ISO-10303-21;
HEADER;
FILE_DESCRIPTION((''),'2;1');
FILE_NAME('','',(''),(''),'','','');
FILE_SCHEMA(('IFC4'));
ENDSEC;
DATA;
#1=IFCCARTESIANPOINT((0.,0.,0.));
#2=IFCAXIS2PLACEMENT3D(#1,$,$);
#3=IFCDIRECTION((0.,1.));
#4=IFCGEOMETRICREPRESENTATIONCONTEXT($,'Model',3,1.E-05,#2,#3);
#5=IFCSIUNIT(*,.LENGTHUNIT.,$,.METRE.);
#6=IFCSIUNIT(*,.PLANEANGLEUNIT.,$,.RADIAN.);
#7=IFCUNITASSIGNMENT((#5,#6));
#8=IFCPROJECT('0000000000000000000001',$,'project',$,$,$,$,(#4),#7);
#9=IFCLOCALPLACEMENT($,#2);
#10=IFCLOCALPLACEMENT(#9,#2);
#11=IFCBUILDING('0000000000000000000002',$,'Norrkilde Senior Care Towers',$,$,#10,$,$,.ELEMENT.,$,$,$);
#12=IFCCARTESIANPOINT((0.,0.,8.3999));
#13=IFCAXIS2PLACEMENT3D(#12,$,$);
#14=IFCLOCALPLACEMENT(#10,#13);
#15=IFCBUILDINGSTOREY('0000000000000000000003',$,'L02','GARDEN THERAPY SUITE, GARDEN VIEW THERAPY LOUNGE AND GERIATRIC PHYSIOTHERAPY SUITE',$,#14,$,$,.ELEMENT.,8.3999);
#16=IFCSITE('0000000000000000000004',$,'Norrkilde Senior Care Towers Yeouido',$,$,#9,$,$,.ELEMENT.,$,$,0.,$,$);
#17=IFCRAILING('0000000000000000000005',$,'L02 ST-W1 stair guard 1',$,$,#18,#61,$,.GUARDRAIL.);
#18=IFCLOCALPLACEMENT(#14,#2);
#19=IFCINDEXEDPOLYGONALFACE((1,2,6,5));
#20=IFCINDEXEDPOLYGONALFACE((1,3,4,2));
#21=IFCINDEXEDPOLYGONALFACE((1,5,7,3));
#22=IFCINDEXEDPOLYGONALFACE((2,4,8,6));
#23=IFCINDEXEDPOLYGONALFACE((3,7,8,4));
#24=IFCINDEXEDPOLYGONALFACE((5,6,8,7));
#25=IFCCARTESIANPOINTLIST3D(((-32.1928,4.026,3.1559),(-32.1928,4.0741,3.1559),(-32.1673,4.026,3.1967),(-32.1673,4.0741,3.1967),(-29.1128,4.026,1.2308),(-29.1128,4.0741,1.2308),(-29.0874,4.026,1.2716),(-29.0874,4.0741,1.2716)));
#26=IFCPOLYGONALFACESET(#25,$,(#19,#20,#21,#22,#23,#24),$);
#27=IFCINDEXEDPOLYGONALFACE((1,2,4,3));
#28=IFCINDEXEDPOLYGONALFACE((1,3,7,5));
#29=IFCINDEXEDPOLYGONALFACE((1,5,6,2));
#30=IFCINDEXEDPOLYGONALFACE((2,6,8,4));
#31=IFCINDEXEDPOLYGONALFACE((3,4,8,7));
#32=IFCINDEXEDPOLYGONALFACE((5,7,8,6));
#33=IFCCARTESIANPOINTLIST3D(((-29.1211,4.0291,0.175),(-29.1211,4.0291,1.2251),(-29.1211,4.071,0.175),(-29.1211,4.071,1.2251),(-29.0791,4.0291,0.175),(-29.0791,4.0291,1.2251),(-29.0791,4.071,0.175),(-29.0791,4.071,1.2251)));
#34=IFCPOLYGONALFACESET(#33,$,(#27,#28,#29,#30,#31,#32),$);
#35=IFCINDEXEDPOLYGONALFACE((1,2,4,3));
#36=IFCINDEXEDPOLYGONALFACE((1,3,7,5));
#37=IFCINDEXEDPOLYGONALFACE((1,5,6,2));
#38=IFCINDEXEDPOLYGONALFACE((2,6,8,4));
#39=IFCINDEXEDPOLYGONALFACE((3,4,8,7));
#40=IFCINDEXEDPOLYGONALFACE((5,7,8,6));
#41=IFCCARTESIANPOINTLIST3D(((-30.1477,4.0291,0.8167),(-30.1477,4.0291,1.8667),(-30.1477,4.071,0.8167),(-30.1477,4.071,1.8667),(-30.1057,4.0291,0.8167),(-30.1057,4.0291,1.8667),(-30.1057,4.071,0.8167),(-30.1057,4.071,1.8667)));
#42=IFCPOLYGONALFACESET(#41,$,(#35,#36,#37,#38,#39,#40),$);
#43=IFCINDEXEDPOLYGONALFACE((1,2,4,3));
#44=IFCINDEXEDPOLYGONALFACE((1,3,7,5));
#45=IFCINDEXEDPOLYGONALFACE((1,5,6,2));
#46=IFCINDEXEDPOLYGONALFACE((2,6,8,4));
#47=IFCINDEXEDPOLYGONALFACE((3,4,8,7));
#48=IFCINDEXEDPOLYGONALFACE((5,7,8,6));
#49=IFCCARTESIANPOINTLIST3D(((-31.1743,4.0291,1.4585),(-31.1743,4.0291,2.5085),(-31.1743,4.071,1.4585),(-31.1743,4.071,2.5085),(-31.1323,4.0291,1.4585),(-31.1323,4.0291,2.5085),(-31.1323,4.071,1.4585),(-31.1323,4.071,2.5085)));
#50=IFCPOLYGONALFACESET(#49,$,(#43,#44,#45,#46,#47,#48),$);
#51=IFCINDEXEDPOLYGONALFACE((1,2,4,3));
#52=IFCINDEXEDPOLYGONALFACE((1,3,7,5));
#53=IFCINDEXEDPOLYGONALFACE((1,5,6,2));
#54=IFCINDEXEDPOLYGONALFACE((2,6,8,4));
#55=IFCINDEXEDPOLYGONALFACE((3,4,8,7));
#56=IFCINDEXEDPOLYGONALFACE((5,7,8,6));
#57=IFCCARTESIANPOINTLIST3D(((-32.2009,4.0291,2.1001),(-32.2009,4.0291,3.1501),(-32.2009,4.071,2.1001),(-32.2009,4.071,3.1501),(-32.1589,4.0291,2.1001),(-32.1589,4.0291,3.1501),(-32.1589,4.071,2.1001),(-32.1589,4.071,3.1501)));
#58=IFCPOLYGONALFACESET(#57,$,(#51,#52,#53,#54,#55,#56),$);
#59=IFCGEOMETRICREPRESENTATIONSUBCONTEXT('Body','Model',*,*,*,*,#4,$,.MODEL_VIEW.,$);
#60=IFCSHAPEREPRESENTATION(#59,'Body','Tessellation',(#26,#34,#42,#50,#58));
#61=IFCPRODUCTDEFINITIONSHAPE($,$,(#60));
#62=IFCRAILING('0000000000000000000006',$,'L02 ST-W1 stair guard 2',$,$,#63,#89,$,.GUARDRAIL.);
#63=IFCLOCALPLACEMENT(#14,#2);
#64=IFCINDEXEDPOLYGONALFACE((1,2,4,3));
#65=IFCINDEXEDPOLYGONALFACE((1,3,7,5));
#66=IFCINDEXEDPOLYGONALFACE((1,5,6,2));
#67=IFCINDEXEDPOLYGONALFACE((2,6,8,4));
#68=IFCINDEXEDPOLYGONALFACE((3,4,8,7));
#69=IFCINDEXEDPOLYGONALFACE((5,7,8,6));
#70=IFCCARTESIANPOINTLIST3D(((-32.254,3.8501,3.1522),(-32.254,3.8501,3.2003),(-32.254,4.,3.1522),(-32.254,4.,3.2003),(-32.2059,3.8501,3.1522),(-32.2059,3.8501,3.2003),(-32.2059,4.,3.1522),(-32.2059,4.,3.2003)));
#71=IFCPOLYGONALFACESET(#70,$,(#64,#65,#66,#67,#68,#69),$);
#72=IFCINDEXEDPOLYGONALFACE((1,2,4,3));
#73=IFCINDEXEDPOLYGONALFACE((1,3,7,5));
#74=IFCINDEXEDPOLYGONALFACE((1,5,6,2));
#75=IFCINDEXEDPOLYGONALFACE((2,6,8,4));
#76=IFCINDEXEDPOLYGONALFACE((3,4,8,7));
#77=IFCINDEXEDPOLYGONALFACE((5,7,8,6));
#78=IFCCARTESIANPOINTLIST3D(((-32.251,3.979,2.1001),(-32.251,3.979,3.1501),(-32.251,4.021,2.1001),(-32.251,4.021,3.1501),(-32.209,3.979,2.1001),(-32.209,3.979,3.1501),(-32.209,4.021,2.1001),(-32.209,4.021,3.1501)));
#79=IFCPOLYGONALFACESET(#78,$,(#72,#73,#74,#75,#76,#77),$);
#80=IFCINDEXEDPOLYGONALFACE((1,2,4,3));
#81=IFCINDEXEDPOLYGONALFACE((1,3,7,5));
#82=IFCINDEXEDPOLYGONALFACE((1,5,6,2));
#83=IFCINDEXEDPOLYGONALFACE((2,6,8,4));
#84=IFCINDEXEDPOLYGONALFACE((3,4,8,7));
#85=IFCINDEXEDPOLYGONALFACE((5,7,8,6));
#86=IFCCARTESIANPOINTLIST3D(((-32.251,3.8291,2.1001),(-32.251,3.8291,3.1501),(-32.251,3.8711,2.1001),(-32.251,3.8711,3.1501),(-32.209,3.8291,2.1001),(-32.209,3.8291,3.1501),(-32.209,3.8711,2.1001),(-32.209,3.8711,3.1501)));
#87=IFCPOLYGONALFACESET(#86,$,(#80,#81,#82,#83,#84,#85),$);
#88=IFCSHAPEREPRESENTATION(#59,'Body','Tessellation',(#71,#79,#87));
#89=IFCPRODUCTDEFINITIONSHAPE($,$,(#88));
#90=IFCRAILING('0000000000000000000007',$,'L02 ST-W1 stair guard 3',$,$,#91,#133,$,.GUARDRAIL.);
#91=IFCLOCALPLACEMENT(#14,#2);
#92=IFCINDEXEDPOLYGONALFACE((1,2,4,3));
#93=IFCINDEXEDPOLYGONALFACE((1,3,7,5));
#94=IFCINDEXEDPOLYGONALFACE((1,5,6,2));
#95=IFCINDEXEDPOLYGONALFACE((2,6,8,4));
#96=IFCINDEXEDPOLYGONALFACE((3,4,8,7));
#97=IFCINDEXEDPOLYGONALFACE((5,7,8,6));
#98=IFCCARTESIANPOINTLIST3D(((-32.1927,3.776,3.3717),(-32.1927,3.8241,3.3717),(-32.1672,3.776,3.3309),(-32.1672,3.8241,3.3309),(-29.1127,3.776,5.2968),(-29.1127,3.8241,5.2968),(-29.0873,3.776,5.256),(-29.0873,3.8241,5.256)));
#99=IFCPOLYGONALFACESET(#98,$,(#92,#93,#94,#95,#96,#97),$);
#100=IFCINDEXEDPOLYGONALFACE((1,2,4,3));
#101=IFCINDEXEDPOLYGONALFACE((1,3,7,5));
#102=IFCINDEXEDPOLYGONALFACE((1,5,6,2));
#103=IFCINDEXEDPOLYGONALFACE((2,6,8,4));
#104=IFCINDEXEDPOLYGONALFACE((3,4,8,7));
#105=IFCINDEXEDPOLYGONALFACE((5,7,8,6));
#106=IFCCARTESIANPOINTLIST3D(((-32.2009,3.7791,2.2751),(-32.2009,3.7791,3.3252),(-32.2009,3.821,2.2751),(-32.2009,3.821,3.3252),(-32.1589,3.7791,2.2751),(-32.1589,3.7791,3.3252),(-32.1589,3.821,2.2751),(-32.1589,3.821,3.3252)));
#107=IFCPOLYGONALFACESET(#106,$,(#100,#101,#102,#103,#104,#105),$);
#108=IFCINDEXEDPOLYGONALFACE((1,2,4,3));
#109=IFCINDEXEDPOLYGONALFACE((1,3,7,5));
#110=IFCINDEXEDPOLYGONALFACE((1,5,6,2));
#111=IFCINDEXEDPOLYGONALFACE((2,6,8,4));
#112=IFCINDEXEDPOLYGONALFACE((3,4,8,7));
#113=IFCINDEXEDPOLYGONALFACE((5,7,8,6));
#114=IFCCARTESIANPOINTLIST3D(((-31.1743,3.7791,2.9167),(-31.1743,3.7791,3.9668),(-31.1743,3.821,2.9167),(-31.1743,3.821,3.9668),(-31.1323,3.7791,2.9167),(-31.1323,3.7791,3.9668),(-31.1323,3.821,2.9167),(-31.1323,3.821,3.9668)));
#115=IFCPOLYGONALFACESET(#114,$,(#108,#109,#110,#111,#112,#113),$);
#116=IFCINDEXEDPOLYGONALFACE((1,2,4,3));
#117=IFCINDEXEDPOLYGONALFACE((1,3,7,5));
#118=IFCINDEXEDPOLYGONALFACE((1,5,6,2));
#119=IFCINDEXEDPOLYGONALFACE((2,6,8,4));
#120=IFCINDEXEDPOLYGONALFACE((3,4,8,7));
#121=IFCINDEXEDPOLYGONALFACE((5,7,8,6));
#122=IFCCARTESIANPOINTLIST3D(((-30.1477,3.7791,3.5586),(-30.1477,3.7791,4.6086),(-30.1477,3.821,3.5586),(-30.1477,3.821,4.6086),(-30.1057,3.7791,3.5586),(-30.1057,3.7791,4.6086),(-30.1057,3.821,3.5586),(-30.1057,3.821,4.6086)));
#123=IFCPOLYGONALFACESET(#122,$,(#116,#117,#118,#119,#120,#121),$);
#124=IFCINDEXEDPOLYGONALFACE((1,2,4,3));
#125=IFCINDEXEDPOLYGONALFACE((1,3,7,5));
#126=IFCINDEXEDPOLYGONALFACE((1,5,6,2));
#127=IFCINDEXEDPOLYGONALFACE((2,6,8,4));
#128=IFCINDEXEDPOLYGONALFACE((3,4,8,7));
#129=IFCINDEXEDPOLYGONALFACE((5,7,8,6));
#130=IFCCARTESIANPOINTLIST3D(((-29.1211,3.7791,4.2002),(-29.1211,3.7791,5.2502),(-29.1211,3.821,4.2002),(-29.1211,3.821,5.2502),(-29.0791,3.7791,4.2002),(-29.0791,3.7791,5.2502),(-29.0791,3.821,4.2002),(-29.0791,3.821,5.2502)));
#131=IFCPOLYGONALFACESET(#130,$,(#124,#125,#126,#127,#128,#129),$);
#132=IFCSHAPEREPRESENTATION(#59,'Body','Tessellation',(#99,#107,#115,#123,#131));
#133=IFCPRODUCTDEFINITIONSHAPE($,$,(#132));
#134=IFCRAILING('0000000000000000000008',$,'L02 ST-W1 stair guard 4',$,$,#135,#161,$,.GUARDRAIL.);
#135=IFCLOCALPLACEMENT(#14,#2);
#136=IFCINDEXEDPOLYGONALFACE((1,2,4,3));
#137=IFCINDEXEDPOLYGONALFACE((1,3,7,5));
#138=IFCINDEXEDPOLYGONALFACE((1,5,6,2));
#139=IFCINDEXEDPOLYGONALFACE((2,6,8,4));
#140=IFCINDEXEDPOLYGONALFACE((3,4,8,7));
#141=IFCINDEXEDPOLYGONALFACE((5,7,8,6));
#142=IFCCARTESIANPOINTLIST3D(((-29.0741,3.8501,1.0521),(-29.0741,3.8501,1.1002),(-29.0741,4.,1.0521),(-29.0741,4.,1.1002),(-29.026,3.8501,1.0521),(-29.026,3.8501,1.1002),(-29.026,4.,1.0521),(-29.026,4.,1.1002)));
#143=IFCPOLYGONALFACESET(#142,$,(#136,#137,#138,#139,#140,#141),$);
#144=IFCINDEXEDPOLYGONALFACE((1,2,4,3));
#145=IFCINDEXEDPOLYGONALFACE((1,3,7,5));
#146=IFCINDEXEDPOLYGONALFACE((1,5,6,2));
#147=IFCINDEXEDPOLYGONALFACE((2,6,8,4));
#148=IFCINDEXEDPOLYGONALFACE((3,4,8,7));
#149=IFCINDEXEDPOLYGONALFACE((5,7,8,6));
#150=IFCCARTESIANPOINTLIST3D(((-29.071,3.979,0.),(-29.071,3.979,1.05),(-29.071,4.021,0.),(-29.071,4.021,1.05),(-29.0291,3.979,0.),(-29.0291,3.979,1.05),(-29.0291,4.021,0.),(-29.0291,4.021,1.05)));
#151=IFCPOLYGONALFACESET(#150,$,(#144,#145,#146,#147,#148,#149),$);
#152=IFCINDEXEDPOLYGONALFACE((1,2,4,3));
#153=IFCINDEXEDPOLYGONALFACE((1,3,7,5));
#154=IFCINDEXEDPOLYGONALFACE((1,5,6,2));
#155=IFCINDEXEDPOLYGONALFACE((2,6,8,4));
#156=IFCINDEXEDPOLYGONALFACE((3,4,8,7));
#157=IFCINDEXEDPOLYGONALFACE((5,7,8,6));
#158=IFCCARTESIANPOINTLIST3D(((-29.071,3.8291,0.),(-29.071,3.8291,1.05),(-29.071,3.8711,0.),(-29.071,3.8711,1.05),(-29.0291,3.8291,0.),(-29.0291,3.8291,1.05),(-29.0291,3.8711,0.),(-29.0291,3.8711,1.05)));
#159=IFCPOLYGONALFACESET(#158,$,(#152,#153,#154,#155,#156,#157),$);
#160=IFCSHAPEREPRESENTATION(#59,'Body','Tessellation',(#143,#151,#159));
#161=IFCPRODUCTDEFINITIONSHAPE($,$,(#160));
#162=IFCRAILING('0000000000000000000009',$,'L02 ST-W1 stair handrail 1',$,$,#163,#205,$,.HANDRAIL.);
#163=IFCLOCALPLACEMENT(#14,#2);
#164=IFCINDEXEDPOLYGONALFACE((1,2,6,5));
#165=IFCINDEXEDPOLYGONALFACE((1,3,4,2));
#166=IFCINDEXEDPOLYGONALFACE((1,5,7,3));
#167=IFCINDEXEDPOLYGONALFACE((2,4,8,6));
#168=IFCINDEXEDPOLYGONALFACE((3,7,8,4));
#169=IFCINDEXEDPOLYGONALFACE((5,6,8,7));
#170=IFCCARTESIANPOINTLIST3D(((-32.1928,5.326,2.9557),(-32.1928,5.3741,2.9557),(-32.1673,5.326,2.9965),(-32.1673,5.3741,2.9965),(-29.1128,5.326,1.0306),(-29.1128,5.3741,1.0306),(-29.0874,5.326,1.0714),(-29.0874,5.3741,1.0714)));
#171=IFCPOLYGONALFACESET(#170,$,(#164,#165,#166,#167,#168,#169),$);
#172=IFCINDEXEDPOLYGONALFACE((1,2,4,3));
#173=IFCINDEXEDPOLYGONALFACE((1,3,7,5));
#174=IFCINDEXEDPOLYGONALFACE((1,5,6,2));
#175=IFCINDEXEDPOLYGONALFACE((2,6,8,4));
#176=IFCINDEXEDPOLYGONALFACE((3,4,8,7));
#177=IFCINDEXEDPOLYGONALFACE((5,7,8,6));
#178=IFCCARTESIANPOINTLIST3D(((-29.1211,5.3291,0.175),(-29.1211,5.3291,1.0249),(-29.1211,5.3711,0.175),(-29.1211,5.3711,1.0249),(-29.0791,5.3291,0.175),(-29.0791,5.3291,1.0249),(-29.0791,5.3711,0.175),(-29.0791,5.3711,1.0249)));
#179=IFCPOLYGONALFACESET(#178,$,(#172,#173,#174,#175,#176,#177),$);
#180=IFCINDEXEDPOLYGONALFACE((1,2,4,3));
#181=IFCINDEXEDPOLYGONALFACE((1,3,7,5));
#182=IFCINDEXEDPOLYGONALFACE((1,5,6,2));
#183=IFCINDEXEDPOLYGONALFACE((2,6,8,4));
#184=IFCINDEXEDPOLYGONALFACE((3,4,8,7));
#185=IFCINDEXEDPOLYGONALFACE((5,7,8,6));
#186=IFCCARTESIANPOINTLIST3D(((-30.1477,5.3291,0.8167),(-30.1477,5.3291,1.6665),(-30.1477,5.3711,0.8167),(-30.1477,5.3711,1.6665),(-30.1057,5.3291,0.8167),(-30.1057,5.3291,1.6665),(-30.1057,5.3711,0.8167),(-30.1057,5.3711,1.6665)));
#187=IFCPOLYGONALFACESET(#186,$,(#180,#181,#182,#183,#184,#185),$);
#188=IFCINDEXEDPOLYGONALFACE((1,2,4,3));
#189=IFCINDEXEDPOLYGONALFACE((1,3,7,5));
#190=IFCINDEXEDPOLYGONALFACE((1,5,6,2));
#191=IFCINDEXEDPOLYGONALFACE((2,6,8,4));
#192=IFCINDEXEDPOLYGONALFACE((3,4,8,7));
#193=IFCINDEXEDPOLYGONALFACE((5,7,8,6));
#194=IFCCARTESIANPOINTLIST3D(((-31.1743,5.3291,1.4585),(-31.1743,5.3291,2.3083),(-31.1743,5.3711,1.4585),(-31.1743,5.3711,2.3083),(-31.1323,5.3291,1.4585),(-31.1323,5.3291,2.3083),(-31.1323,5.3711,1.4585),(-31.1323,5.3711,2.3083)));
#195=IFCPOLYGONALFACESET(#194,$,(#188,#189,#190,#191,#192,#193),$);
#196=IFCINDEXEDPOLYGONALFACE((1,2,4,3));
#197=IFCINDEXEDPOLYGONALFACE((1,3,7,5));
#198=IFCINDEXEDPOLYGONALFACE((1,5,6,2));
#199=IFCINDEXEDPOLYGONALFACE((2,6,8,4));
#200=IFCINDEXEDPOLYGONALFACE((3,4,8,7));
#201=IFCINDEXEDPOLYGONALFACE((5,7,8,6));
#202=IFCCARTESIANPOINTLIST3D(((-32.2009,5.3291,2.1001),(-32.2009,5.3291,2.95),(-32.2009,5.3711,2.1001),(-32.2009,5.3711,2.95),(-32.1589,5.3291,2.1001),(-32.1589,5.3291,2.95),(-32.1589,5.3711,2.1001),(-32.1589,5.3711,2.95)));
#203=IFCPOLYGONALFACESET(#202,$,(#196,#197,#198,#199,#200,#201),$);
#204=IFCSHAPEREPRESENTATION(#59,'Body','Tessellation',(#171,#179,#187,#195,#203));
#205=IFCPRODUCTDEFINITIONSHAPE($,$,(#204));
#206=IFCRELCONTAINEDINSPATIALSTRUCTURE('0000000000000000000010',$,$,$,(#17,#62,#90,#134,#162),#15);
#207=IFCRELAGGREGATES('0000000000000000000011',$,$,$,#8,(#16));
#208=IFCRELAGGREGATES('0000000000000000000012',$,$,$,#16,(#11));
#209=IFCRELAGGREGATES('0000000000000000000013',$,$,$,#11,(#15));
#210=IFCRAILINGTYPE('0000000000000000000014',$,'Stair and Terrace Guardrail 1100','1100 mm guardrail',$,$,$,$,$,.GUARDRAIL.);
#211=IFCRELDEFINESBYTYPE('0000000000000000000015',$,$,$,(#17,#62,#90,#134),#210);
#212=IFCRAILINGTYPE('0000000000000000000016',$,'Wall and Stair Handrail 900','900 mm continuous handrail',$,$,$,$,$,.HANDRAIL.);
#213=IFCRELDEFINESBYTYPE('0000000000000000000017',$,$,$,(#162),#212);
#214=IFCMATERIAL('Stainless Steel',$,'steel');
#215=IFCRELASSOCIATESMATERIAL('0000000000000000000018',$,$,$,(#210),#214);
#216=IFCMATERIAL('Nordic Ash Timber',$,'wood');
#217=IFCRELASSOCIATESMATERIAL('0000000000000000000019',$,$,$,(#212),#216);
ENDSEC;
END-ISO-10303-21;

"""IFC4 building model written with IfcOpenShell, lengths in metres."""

from ifc_helpers import new_model, si_unit, direction, frame, origin, origin_2d, place, context, subcontext, project, spatial, rectangle, extrude, material, type_object, element, save


model = new_model("IFC4")

# Units and contexts
model_context = context("Model", 3, precision=1e-05, world=origin(), true_north=direction((0.0, 1.0)))
body_context = subcontext(model_context, "Body", "Model", "MODEL_VIEW")
ifc_project = project(units=[si_unit("LENGTHUNIT", "METRE"), si_unit("PLANEANGLEUNIT", "RADIAN")], contexts=[model_context])

# Site, building, storey
site_placement = place(None, origin())
site = spatial("IfcSite", under=ifc_project, at=site_placement, Name="Norrkilde Senior Care Towers Yeouido", CompositionType="ELEMENT", RefElevation=0.0)
building_placement = place(site_placement, origin())
building = spatial("IfcBuilding", under=site, at=building_placement, Name="Norrkilde Senior Care Towers", CompositionType="ELEMENT")
storey_placement = place(building_placement, frame((0.0, 0.0, 8.3999)))
storey = spatial("IfcBuildingStorey", under=building, at=storey_placement, Name="L02", Description="GARDEN THERAPY SUITE, GARDEN VIEW THERAPY LOUNGE AND GERIATRIC PHYSIOTHERAPY SUITE", CompositionType="ELEMENT", Elevation=8.3999)

# Shared definitions
ifc_material_1 = material(Name="Stainless Steel", Category="steel")

# Railings
railing_type_1 = type_object("IfcRailingType", Name="Stair and Terrace Guardrail 1100", Description="1100 mm guardrail", PredefinedType="GUARDRAIL", material=ifc_material_1)
railing_1_placement = place(storey_placement, frame((-29.1001, 4.05, 0.175)))
element("IfcRailing", 1, at=railing_1_placement, inside=storey, type_object=railing_type_1, Name="L02 ST-W1 stair guard 1", PredefinedType="GUARDRAIL", context=body_context, shape_type="SweptSolid", body=[
    extrude(rectangle(XDim=0.0481, YDim=0.0481, at=origin_2d()), frame((0.0, 0.0, 1.0762), z_axis=(-0.847979, 0.0, 0.530029), x_axis=(0.0, -1.0, 0.0)), (0.0, 0.0, 1.0), 3.6321),
    extrude(rectangle(XDim=0.042, YDim=0.042, at=origin_2d()), origin(), (0.0, 0.0, 1.0), 1.05),
    extrude(rectangle(XDim=0.042, YDim=0.042, at=origin_2d()), frame((-1.0266, 0.0, 0.6416)), (0.0, 0.0, 1.0), 1.05),
    extrude(rectangle(XDim=0.042, YDim=0.042, at=origin_2d()), frame((-2.0532, 0.0, 1.2834)), (0.0, 0.0, 1.0), 1.05),
    extrude(rectangle(XDim=0.042, YDim=0.042, at=origin_2d()), frame((-3.0798, 0.0, 1.925)), (0.0, 0.0, 1.0), 1.05),
])
railing_2_placement = place(storey_placement, frame((-32.23, 4.0, 2.1001)))
element("IfcRailing", 2, at=railing_2_placement, inside=storey, type_object=railing_type_1, Name="L02 ST-W1 stair guard 2", PredefinedType="GUARDRAIL", context=body_context, shape_type="SweptSolid", body=[
    extrude(rectangle(XDim=0.0481, YDim=0.0481, at=origin_2d()), frame((0.0, 0.0, 1.0762), z_axis=(0.0, -1.0, 0.0), x_axis=(1.0, 0.0, 0.0)), (0.0, 0.0, 1.0), 0.1499),
    extrude(rectangle(XDim=0.042, YDim=0.042, at=origin_2d()), origin(), (0.0, 0.0, 1.0), 1.05),
    extrude(rectangle(XDim=0.042, YDim=0.042, at=origin_2d()), frame((0.0, -0.1499, 0.0)), (0.0, 0.0, 1.0), 1.05),
])
railing_3_placement = place(storey_placement, frame((-32.1799, 3.8, 2.2751)))
element("IfcRailing", 3, at=railing_3_placement, inside=storey, type_object=railing_type_1, Name="L02 ST-W1 stair guard 3", PredefinedType="GUARDRAIL", context=body_context, shape_type="SweptSolid", body=[
    extrude(rectangle(XDim=0.0481, YDim=0.0481, at=origin_2d()), frame((0.0, 0.0, 1.0762), z_axis=(0.847979, 0.0, 0.530029), x_axis=(0.0, 1.0, 0.0)), (0.0, 0.0, 1.0), 3.6321),
    extrude(rectangle(XDim=0.042, YDim=0.042, at=origin_2d()), origin(), (0.0, 0.0, 1.0), 1.05),
    extrude(rectangle(XDim=0.042, YDim=0.042, at=origin_2d()), frame((1.0266, 0.0, 0.6416)), (0.0, 0.0, 1.0), 1.05),
    extrude(rectangle(XDim=0.042, YDim=0.042, at=origin_2d()), frame((2.0532, 0.0, 1.2834)), (0.0, 0.0, 1.0), 1.05),
    extrude(rectangle(XDim=0.042, YDim=0.042, at=origin_2d()), frame((3.0798, 0.0, 1.925)), (0.0, 0.0, 1.0), 1.05),
])
railing_4_placement = place(storey_placement, frame((-29.05, 4.0, 0.0)))
element("IfcRailing", 4, at=railing_4_placement, inside=storey, type_object=railing_type_1, Name="L02 ST-W1 stair guard 4", PredefinedType="GUARDRAIL", context=body_context, shape_type="SweptSolid", body=[
    extrude(rectangle(XDim=0.0481, YDim=0.0481, at=origin_2d()), frame((0.0, 0.0, 1.0762), z_axis=(0.0, -1.0, 0.0), x_axis=(1.0, 0.0, 0.0)), (0.0, 0.0, 1.0), 0.1499),
    extrude(rectangle(XDim=0.042, YDim=0.042, at=origin_2d()), origin(), (0.0, 0.0, 1.0), 1.05),
    extrude(rectangle(XDim=0.042, YDim=0.042, at=origin_2d()), frame((0.0, -0.1499, 0.0)), (0.0, 0.0, 1.0), 1.05),
])
ifc_material_2 = material(Name="Nordic Ash Timber", Category="wood")
railing_type_2 = type_object("IfcRailingType", Name="Wall and Stair Handrail 900", Description="900 mm continuous handrail", PredefinedType="HANDRAIL", material=ifc_material_2)
railing_5_placement = place(storey_placement, frame((-29.1001, 5.3501, 0.175)))
element("IfcRailing", 5, at=railing_5_placement, inside=storey, type_object=railing_type_2, Name="L02 ST-W1 stair handrail 1", PredefinedType="HANDRAIL", context=body_context, shape_type="SweptSolid", body=[
    extrude(rectangle(XDim=0.0481, YDim=0.0481, at=origin_2d()), frame((0.0, 0.0, 0.876), z_axis=(-0.847979, 0.0, 0.530029), x_axis=(0.0, -1.0, 0.0)), (0.0, 0.0, 1.0), 3.6321),
    extrude(rectangle(XDim=0.042, YDim=0.042, at=origin_2d()), origin(), (0.0, 0.0, 1.0), 0.8499),
    extrude(rectangle(XDim=0.042, YDim=0.042, at=origin_2d()), frame((-1.0266, 0.0, 0.6416)), (0.0, 0.0, 1.0), 0.8499),
    extrude(rectangle(XDim=0.042, YDim=0.042, at=origin_2d()), frame((-2.0532, 0.0, 1.2834)), (0.0, 0.0, 1.0), 0.8499),
    extrude(rectangle(XDim=0.042, YDim=0.042, at=origin_2d()), frame((-3.0798, 0.0, 1.925)), (0.0, 0.0, 1.0), 0.8499),
])

save(model, "model.ifc")
